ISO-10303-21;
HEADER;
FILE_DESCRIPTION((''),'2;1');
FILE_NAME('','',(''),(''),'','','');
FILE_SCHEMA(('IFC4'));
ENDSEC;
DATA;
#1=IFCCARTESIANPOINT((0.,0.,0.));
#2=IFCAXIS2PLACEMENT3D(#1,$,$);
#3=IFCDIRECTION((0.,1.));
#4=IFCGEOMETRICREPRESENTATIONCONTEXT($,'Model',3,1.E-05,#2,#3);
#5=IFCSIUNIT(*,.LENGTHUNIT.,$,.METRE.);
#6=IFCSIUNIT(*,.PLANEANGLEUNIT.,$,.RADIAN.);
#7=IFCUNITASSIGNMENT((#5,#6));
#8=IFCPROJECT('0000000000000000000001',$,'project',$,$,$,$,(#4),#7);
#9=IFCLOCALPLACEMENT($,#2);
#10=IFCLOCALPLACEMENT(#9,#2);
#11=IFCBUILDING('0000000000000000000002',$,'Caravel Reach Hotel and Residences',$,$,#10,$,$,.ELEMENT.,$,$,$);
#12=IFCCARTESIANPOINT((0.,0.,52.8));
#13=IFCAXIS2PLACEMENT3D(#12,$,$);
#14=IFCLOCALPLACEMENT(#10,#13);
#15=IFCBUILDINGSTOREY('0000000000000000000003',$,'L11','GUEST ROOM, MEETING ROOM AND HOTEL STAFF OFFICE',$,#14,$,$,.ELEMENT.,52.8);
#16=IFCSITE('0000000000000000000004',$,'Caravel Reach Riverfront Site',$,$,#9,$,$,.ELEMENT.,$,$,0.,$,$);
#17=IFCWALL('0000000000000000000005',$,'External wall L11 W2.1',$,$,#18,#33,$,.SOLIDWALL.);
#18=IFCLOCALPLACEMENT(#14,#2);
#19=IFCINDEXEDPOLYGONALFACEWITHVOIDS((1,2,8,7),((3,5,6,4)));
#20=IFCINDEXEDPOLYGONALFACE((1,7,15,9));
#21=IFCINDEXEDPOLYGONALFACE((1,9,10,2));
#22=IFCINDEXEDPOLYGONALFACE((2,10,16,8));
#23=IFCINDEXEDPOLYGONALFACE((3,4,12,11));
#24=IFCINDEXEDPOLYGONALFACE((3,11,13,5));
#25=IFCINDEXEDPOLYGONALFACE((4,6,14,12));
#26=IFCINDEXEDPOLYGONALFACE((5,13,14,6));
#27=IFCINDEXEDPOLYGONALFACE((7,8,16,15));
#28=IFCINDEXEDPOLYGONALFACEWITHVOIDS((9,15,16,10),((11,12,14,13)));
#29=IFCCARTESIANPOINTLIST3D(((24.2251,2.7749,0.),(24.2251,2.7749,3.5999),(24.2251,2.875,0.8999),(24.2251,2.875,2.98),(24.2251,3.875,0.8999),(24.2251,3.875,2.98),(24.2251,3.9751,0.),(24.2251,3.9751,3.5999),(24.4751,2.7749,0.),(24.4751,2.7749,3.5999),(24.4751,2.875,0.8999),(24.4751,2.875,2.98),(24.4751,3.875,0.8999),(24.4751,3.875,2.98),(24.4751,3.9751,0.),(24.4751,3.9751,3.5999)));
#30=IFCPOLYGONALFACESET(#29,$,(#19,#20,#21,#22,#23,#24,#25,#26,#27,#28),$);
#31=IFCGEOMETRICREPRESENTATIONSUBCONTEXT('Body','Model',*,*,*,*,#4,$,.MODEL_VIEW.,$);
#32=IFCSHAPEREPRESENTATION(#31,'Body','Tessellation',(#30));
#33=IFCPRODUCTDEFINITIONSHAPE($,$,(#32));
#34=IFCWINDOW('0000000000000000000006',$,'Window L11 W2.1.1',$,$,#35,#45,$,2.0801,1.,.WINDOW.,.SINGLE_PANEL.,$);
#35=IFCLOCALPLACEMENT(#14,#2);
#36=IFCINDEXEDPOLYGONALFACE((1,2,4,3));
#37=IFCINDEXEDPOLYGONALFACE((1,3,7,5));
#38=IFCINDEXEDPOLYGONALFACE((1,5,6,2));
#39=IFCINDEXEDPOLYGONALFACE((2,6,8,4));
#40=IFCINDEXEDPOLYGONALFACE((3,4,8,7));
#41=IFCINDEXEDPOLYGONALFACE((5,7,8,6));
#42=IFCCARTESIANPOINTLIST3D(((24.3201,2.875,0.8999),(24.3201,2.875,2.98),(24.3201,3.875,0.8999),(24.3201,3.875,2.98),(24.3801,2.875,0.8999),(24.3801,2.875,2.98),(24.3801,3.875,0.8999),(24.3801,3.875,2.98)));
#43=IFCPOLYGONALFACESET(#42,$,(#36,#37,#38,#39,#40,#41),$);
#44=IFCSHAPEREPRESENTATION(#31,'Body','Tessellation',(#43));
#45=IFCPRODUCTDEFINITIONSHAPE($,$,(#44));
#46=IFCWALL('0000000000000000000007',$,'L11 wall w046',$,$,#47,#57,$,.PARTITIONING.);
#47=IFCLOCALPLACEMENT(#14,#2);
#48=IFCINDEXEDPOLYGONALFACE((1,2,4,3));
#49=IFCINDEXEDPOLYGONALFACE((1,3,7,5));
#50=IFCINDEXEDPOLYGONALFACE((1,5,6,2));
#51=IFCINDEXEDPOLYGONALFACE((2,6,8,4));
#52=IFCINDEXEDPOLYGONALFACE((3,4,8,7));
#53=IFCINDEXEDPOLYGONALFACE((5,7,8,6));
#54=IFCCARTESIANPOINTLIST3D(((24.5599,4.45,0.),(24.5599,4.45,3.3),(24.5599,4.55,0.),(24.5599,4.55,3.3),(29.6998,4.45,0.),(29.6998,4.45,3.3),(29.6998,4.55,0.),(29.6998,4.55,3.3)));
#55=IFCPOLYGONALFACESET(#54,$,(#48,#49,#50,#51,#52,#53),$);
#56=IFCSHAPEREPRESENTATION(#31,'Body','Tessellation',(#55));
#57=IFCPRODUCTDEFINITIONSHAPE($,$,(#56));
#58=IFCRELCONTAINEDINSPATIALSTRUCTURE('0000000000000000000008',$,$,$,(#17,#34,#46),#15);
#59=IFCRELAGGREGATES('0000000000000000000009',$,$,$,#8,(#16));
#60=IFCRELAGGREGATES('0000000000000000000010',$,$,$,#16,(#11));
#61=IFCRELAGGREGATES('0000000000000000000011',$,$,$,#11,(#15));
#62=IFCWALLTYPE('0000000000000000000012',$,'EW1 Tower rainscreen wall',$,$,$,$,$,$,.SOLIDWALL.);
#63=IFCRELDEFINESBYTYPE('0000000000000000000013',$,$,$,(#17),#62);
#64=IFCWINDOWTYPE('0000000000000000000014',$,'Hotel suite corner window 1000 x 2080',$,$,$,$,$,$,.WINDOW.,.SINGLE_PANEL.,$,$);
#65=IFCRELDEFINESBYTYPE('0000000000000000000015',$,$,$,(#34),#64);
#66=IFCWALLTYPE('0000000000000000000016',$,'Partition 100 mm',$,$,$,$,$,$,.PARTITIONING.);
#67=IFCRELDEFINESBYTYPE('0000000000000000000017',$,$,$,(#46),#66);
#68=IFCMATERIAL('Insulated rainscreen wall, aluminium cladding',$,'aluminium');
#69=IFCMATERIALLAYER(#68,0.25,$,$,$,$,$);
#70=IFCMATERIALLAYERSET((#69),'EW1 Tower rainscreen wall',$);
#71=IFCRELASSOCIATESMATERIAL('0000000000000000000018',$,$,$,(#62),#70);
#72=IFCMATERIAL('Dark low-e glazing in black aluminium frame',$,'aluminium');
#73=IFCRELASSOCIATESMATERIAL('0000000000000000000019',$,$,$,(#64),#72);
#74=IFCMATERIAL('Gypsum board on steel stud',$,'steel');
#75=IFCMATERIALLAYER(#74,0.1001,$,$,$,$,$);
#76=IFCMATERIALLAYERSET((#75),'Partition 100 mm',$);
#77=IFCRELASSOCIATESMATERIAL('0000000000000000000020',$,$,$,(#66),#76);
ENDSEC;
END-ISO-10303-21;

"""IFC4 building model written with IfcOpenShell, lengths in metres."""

from ifc_helpers import new_model, si_unit, direction, frame, frame_2d, origin, place, context, subcontext, project, spatial, rectangle, extrude, material, layer, layer_set, type_object, element, fill, save


model = new_model("IFC4")

# Units and contexts
model_context = context("Model", 3, precision=1e-05, world=origin(), true_north=direction((0.0, 1.0)))
body_context = subcontext(model_context, "Body", "Model", "MODEL_VIEW")
ifc_project = project(units=[si_unit("LENGTHUNIT", "METRE"), si_unit("PLANEANGLEUNIT", "RADIAN")], contexts=[model_context])

# Site, building, storey
site_placement = place(None, origin())
site = spatial("IfcSite", under=ifc_project, at=site_placement, Name="Caravel Reach Riverfront Site", CompositionType="ELEMENT", RefElevation=0.0)
building_placement = place(site_placement, origin())
building = spatial("IfcBuilding", under=site, at=building_placement, Name="Caravel Reach Hotel and Residences", CompositionType="ELEMENT")
storey_placement = place(building_placement, frame((0.0, 0.0, 52.8)))
storey = spatial("IfcBuildingStorey", under=building, at=storey_placement, Name="L11", Description="GUEST ROOM, MEETING ROOM AND HOTEL STAFF OFFICE", CompositionType="ELEMENT", Elevation=52.8)

# Wall, opening, window
ifc_material_1 = material(Name="Insulated rainscreen wall, aluminium cladding", Category="aluminium")
ifc_layer_1 = layer(ifc_material_1, 0.25)
ifc_layer_set_1 = layer_set([ifc_layer_1], Name="EW1 Tower rainscreen wall")
wall_type_1 = type_object("IfcWallType", Name="EW1 Tower rainscreen wall", PredefinedType="SOLIDWALL", material=ifc_layer_set_1)
ifc_material_2 = material(Name="Dark low-e glazing in black aluminium frame", Category="aluminium")
window_type = type_object("IfcWindowType", Name="Hotel suite corner window 1000 x 2080", PartitioningType="SINGLE_PANEL", PredefinedType="WINDOW", material=ifc_material_2)
wall_1_placement = place(storey_placement, frame((24.3501, 3.9751, 0.0), z_axis=(0.0, 0.0, 1.0), x_axis=(0.0, -1.0, 0.0)))
wall_1 = element("IfcWall", 1, at=wall_1_placement, inside=storey, type_object=wall_type_1, Name="External wall L11 W2.1", PredefinedType="SOLIDWALL", context=body_context, shape_type="SweptSolid", body=[
    extrude(rectangle(XDim=1.2002, YDim=0.25, at=frame_2d((0.6001, 0.0))), origin(), (0.0, 0.0, 1.0), 3.5999),
])
opening_1_placement = place(wall_1_placement, frame((0.1001, 0.0, 0.8999)))
opening_1 = element("IfcOpeningElement", 2, at=opening_1_placement, cuts=wall_1, PredefinedType="OPENING", context=body_context, shape_type="SweptSolid", body=[
    extrude(rectangle(XDim=1.0, YDim=2.0801, at=frame_2d((0.5, 1.04))), frame((0.0, 0.135, 0.0), z_axis=(0.0, -1.0, 0.0), x_axis=(1.0, 0.0, 0.0)), (0.0, 0.0, 1.0), 0.27),
])
window_1_placement = place(opening_1_placement, origin())
window_1 = element("IfcWindow", 3, at=window_1_placement, inside=storey, type_object=window_type, Name="Window L11 W2.1.1", OverallHeight=2.0801, OverallWidth=1.0, PartitioningType="SINGLE_PANEL", PredefinedType="WINDOW", context=body_context, shape_type="SweptSolid", body=[
    extrude(rectangle(XDim=1.0, YDim=2.0801, at=frame_2d((0.5, 1.04))), frame((0.0, 0.03, 0.0), z_axis=(0.0, -1.0, 0.0), x_axis=(1.0, 0.0, 0.0)), (0.0, 0.0, 1.0), 0.0601),
])
fill(opening_1, window_1)

# Wall
ifc_material_3 = material(Name="Gypsum board on steel stud", Category="steel")
ifc_layer_2 = layer(ifc_material_3, 0.1001)
ifc_layer_set_2 = layer_set([ifc_layer_2], Name="Partition 100 mm")
wall_type_2 = type_object("IfcWallType", Name="Partition 100 mm", PredefinedType="PARTITIONING", material=ifc_layer_set_2)
wall_2_placement = place(storey_placement, frame((24.5601, 4.5, 0.0), z_axis=(0.0, 0.0, 1.0), x_axis=(1.0, 0.0, 0.0)))
element("IfcWall", 4, at=wall_2_placement, inside=storey, type_object=wall_type_2, Name="L11 wall w046", PredefinedType="PARTITIONING", context=body_context, shape_type="SweptSolid", body=[
    extrude(rectangle(XDim=5.1399, YDim=0.1001, at=frame_2d((2.5698, 0.0))), origin(), (0.0, 0.0, 1.0), 3.3),
])

save(model, "model.ifc")
